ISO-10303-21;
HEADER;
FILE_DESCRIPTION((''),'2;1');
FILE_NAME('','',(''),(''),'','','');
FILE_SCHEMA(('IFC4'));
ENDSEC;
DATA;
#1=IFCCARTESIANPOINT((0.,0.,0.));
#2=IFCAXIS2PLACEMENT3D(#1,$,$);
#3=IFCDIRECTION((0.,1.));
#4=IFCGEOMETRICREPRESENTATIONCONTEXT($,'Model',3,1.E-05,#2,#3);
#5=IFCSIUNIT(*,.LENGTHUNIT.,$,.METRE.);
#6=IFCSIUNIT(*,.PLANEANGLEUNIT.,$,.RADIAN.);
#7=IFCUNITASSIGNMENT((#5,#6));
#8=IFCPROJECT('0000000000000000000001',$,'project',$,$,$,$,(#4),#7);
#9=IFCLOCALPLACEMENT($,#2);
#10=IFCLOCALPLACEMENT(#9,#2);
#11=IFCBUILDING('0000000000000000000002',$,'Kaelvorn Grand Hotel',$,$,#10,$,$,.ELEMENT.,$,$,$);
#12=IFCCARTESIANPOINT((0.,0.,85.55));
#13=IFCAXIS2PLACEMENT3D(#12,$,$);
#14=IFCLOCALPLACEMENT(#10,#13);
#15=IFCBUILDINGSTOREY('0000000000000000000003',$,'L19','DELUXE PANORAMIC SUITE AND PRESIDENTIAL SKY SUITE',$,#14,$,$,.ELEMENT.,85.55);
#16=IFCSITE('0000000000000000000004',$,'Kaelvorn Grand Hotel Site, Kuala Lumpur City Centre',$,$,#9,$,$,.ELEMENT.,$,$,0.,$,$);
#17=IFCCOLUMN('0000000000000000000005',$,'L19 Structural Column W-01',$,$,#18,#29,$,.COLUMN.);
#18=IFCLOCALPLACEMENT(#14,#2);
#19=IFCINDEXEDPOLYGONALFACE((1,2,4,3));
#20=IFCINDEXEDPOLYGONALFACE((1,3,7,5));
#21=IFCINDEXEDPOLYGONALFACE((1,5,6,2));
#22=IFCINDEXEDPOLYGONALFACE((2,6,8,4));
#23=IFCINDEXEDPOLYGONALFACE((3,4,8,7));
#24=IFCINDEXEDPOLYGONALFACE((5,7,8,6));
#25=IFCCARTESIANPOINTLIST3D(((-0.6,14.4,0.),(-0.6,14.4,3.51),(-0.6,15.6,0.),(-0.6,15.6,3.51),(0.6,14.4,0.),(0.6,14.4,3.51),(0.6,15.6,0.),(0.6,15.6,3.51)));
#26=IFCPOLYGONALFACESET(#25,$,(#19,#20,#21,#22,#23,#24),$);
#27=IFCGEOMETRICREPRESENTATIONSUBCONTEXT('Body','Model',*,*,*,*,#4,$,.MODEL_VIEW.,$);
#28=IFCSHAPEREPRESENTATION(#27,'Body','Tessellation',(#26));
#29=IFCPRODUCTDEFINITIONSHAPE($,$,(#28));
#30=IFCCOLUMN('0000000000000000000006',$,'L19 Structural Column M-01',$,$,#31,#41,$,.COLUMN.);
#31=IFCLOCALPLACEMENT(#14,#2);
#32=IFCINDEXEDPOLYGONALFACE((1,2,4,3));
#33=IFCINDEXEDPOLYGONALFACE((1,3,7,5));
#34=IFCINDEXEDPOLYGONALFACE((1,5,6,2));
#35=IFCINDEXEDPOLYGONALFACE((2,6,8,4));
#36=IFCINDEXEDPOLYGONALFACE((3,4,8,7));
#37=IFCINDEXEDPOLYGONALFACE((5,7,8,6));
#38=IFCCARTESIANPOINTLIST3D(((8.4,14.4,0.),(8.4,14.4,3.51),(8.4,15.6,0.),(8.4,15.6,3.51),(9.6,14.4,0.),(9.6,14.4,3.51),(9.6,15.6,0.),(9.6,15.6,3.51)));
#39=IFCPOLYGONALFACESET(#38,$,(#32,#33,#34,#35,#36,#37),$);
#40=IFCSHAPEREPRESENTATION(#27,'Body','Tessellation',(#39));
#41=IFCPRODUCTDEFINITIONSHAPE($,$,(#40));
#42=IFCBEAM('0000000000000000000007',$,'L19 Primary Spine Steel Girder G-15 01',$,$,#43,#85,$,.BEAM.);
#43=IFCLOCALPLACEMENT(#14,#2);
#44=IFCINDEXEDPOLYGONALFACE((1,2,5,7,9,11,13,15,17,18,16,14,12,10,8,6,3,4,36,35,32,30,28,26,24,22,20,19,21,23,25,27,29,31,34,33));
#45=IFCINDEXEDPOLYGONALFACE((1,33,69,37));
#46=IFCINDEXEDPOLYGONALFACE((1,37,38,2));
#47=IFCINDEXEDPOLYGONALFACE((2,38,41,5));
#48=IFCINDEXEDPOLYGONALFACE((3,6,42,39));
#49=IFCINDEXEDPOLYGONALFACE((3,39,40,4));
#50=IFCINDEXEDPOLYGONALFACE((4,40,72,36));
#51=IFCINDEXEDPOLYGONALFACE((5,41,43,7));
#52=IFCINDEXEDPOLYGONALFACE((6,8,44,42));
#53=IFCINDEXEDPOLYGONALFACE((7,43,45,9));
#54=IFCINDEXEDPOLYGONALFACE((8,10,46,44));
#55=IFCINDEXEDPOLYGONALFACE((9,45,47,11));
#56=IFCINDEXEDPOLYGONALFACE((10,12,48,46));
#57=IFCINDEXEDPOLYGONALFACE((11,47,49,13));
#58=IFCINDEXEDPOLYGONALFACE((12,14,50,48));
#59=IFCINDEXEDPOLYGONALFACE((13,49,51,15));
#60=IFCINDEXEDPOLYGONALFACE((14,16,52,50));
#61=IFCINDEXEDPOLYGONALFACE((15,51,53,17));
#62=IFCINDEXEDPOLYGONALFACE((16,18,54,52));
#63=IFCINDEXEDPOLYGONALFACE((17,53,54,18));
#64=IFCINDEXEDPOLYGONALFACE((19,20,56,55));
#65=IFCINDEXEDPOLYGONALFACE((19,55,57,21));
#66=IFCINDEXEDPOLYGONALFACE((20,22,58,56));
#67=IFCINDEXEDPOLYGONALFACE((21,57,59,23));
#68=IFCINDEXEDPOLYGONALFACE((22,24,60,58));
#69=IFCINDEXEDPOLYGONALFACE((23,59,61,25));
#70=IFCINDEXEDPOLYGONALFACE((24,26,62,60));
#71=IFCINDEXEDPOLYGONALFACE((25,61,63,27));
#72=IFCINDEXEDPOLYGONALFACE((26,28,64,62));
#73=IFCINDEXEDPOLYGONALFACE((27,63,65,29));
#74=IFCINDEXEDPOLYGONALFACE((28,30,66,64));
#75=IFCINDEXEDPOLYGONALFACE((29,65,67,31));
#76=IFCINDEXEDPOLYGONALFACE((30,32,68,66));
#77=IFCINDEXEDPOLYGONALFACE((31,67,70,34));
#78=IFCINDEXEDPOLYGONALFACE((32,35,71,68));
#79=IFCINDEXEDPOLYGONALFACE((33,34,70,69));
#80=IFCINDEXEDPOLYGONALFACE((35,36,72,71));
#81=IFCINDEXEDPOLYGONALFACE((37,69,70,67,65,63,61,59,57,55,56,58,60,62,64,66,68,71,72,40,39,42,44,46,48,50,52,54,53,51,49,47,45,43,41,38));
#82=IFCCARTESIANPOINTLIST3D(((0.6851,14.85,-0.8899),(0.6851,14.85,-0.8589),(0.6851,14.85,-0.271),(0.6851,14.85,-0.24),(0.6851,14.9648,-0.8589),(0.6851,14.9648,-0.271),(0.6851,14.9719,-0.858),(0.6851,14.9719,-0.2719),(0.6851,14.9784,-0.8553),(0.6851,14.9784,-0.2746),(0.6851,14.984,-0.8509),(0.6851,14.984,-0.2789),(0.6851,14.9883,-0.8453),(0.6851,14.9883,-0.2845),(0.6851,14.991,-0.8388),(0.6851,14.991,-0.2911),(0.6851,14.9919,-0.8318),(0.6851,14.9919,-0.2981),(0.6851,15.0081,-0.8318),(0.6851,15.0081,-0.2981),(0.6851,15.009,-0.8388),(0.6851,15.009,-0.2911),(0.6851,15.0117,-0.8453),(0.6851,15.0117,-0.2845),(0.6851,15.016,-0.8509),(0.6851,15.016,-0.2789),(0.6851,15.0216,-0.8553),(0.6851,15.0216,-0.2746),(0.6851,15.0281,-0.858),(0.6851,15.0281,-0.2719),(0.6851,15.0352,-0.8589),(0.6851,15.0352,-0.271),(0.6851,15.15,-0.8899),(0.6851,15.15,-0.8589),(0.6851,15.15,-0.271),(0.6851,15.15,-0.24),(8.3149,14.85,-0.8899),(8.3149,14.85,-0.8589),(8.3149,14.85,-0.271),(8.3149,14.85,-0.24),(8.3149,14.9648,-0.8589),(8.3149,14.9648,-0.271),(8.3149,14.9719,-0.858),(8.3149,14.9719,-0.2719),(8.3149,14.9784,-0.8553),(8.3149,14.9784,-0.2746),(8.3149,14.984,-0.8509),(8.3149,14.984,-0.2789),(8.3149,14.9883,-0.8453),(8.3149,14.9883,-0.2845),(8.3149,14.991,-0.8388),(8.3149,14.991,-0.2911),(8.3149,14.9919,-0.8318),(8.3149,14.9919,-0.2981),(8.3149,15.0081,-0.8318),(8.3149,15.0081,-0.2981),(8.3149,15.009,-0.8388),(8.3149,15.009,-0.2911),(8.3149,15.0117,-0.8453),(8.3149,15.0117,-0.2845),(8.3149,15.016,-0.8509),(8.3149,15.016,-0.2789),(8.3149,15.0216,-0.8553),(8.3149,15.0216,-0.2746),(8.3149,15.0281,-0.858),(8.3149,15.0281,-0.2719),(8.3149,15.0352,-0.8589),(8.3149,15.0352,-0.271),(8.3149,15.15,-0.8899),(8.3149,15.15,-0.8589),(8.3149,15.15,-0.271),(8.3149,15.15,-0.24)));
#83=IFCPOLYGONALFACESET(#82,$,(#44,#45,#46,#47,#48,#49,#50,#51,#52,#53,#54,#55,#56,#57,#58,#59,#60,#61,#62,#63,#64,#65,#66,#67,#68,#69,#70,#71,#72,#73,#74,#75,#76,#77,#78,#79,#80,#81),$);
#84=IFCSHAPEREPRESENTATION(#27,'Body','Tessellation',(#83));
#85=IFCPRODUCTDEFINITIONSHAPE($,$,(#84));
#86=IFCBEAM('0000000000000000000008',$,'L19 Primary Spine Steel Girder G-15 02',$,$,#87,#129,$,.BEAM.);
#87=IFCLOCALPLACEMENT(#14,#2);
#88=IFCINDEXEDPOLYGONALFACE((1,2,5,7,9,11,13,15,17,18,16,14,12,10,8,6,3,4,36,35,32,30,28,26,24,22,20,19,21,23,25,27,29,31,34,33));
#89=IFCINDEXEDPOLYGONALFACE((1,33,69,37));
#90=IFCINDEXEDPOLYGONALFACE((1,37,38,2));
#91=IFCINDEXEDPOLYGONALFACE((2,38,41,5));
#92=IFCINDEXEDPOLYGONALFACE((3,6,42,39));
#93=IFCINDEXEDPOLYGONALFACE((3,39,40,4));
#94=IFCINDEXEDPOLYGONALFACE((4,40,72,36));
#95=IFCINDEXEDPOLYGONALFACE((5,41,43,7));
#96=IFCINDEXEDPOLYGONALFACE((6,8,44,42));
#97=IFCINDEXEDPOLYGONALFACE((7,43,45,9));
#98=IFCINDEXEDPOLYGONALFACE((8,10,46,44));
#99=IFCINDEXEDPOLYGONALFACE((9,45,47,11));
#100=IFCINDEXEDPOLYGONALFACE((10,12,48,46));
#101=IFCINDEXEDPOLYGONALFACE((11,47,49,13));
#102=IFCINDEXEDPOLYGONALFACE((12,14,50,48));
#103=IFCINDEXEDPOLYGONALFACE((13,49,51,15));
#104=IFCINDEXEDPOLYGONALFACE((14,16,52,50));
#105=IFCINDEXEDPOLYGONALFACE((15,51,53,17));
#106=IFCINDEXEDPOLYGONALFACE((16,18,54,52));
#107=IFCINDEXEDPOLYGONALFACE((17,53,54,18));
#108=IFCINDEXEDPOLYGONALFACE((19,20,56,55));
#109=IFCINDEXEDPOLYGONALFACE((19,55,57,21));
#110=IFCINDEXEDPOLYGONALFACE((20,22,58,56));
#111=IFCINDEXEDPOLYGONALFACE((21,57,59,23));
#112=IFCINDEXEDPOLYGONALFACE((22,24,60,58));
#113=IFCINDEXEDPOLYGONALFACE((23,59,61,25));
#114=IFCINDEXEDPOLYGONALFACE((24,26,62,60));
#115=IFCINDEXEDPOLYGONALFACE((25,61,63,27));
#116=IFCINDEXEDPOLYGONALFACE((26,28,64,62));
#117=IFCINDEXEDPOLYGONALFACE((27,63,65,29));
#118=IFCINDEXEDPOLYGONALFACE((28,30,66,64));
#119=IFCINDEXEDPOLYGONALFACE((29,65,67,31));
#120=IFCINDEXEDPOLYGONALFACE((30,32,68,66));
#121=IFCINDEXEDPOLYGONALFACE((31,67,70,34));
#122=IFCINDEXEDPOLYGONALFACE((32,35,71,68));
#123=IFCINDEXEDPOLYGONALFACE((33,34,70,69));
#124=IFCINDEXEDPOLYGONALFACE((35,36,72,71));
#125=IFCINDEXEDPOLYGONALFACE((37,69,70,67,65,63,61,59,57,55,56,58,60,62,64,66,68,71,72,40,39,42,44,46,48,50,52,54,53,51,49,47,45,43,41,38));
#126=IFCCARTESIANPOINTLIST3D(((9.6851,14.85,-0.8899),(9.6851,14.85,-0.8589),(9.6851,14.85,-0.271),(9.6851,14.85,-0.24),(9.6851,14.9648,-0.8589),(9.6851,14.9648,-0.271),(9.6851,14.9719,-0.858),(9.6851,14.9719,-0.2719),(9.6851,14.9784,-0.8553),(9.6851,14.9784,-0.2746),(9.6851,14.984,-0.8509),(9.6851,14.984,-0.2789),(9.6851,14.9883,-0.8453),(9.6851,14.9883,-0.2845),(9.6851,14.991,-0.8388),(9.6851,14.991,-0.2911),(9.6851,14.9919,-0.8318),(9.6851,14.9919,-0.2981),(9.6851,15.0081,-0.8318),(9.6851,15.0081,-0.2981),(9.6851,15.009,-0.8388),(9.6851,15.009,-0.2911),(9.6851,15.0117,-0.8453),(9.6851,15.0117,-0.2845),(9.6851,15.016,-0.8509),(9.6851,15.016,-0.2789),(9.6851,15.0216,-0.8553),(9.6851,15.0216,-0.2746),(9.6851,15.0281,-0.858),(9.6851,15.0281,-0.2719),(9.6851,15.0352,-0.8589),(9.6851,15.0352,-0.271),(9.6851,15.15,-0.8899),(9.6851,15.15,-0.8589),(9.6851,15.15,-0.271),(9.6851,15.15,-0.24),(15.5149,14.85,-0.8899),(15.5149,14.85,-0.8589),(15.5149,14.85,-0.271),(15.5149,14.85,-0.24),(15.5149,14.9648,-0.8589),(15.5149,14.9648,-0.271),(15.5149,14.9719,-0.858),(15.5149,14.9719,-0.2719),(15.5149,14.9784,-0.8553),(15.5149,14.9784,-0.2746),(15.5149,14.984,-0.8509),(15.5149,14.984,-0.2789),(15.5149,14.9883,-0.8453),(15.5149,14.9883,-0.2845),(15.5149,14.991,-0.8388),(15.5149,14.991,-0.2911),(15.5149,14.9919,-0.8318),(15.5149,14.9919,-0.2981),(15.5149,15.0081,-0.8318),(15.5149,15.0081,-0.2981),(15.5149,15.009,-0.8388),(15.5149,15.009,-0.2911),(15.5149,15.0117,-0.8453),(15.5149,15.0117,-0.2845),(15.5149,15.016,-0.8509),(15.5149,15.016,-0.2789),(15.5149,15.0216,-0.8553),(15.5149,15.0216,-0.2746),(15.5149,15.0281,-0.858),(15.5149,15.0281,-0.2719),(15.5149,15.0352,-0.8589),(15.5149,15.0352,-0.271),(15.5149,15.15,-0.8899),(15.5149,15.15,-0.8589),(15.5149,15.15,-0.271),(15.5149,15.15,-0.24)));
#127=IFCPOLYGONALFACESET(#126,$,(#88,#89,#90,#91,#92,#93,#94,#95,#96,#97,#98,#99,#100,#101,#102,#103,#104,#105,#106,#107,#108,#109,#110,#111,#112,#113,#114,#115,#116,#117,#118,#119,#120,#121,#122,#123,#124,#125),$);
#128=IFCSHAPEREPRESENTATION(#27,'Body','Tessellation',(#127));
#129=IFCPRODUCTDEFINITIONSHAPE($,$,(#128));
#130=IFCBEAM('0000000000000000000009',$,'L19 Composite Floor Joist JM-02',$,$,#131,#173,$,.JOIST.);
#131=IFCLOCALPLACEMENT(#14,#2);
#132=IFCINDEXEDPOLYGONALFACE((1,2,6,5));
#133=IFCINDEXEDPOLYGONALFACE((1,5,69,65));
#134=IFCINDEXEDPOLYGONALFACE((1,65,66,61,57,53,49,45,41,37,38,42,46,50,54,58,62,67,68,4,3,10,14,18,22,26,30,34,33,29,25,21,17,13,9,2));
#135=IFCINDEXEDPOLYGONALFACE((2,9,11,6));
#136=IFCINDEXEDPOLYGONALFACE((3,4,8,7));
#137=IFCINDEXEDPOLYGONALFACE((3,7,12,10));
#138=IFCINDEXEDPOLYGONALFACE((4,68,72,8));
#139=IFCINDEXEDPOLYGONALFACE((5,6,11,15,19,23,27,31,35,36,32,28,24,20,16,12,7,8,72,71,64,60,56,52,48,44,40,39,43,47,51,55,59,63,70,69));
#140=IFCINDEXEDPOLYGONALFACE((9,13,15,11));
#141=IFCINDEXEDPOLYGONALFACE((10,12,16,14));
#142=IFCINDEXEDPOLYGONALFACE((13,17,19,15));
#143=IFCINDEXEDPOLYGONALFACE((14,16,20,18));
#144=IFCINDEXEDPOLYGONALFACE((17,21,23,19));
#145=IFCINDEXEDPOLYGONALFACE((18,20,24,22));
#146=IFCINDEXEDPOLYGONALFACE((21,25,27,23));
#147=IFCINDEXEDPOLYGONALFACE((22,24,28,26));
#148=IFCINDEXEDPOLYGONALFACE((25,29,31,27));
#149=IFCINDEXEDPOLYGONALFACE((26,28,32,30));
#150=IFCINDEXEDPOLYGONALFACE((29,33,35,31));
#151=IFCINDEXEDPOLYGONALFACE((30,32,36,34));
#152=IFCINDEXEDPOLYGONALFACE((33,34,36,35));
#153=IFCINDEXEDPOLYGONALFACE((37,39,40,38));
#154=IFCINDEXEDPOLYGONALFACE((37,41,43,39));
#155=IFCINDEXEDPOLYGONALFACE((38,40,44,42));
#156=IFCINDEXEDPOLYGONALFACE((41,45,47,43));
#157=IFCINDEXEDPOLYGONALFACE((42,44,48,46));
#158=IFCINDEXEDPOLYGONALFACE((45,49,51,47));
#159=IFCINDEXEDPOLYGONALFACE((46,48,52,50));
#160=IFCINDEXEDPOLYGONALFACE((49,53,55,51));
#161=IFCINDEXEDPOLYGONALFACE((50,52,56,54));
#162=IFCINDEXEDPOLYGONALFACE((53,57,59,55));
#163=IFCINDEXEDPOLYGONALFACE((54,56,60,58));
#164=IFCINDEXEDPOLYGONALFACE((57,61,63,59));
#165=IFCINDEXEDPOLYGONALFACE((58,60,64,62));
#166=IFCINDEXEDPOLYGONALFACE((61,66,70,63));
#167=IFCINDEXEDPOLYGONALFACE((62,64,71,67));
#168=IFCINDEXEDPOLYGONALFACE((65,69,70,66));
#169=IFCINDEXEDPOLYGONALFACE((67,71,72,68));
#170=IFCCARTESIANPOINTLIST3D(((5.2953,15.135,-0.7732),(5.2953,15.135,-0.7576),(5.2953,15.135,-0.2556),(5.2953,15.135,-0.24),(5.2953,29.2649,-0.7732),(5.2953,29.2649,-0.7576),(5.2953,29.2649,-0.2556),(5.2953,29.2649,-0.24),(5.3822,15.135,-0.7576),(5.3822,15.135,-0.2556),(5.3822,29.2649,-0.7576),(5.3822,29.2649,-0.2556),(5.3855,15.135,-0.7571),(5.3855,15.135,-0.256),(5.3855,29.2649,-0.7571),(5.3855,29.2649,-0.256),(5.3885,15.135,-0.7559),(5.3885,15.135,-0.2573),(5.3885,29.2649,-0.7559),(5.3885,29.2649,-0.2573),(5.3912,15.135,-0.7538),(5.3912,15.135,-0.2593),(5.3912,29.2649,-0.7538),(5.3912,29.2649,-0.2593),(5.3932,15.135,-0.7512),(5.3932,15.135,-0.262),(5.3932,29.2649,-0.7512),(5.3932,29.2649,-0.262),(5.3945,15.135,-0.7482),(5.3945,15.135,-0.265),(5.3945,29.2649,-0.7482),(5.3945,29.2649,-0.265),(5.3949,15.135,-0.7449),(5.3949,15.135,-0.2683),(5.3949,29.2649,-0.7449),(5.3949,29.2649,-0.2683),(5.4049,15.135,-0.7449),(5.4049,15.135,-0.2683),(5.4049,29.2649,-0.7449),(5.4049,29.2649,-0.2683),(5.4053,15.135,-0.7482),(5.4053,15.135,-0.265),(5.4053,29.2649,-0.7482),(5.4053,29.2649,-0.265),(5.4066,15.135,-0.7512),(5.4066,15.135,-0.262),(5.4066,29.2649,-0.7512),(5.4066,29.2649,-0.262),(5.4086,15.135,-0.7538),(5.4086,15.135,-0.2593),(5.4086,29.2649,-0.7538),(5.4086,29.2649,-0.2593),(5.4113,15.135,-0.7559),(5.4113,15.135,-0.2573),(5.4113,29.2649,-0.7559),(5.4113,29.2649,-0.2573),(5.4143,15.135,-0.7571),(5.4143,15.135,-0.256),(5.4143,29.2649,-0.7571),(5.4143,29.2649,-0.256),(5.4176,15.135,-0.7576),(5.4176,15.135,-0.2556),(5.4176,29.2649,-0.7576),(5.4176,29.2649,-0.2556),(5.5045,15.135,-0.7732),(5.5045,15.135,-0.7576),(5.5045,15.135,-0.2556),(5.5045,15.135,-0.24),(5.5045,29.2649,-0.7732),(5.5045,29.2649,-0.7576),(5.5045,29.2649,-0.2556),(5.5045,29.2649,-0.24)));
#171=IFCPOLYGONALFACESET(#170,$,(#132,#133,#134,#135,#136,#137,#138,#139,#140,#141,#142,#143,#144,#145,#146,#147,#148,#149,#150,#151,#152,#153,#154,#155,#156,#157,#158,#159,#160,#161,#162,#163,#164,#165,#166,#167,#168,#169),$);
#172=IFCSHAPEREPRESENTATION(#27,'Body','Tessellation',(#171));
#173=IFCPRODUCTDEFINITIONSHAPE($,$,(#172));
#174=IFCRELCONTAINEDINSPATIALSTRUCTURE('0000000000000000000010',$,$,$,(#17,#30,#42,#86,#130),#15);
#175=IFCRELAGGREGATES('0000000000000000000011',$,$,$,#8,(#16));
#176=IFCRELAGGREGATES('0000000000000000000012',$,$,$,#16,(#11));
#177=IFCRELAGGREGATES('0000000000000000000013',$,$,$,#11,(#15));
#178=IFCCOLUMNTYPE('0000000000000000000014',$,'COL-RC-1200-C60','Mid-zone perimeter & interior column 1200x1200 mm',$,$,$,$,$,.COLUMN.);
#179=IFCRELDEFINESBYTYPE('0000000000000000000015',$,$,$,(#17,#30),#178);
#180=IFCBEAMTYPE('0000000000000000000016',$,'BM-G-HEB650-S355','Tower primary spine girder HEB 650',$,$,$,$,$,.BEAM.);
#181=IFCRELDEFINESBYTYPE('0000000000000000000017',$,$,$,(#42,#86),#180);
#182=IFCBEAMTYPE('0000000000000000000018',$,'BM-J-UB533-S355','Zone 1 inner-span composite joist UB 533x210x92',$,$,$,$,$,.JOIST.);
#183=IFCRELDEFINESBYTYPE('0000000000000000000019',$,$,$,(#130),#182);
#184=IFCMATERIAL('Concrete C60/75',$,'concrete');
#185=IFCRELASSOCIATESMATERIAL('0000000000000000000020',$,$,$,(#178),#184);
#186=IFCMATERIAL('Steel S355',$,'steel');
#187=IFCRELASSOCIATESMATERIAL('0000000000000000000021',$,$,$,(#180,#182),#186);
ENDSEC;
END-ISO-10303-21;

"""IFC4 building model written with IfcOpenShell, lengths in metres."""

from ifc_helpers import new_model, si_unit, direction, frame, origin, origin_2d, place, context, subcontext, project, spatial, rectangle, i_section, extrude, material, material_profile, profile_set, type_object, element, save


model = new_model("IFC4")

# Units and contexts
model_context = context("Model", 3, precision=1e-05, world=origin(), true_north=direction((0.0, 1.0)))
body_context = subcontext(model_context, "Body", "Model", "MODEL_VIEW")
ifc_project = project(units=[si_unit("LENGTHUNIT", "METRE"), si_unit("PLANEANGLEUNIT", "RADIAN")], contexts=[model_context])

# Site, building, storey
site_placement = place(None, origin())
site = spatial("IfcSite", under=ifc_project, at=site_placement, Name="Kaelvorn Grand Hotel Site, Kuala Lumpur City Centre", CompositionType="ELEMENT", RefElevation=0.0)
building_placement = place(site_placement, origin())
building = spatial("IfcBuilding", under=site, at=building_placement, Name="Kaelvorn Grand Hotel", CompositionType="ELEMENT")
storey_placement = place(building_placement, frame((0.0, 0.0, 85.55)))
storey = spatial("IfcBuildingStorey", under=building, at=storey_placement, Name="L19", Description="DELUXE PANORAMIC SUITE AND PRESIDENTIAL SKY SUITE", CompositionType="ELEMENT", Elevation=85.55)

# Columns
ifc_material_1 = material(Name="Concrete C60/75", Category="concrete")
ifc_material_profile_1 = material_profile(ifc_material_1, rectangle(XDim=1.2, YDim=1.2, at=origin_2d()), Name="RC COL 1200x1200")
ifc_profile_set_1 = profile_set([ifc_material_profile_1], Name="Concrete C60/75")
column_type = type_object("IfcColumnType", Name="COL-RC-1200-C60", Description="Mid-zone perimeter & interior column 1200x1200 mm", PredefinedType="COLUMN", material=ifc_profile_set_1)
for number, where, z_axis, x_axis, name in (
    (1, (0.0, 15.0, 0.0), (0.0, 0.0, 1.0), (1.0, 0.0, 0.0), "L19 Structural Column W-01"),
    (2, (9.0, 15.0, 0.0), (0.0, 0.0, 1.0), (1.0, 0.0, 0.0), "L19 Structural Column M-01"),
):
    element("IfcColumn", number, at=place(storey_placement, frame(where, z_axis=z_axis, x_axis=x_axis)), inside=storey, type_object=column_type, Name=name, PredefinedType="COLUMN", context=body_context, shape_type="SweptSolid", body=[
        extrude(rectangle(XDim=1.2, YDim=1.2, at=origin_2d()), origin(), (0.0, 0.0, 1.0), 3.51),
    ])

# Beams
ifc_material_2 = material(Name="Steel S355", Category="steel")
ifc_material_profile_2 = material_profile(ifc_material_2, i_section(OverallWidth=0.3, OverallDepth=0.6499, WebThickness=0.0161, FlangeThickness=0.031, FilletRadius=0.0271, at=origin_2d()), Name="HEB 650")
ifc_profile_set_2 = profile_set([ifc_material_profile_2], Name="Steel S355")
beam_type_1 = type_object("IfcBeamType", Name="BM-G-HEB650-S355", Description="Tower primary spine girder HEB 650", PredefinedType="BEAM", material=ifc_profile_set_2)
beam_1_placement = place(storey_placement, frame((0.6851, 15.0, -0.5649), z_axis=(1.0, 0.0, 0.0), x_axis=(0.0, 1.0, 0.0)))
element("IfcBeam", 3, at=beam_1_placement, inside=storey, type_object=beam_type_1, Name="L19 Primary Spine Steel Girder G-15 01", PredefinedType="BEAM", context=body_context, shape_type="SweptSolid", body=[
    extrude(i_section(OverallWidth=0.3, OverallDepth=0.6499, WebThickness=0.0161, FlangeThickness=0.031, FilletRadius=0.0271, at=origin_2d()), origin(), (0.0, 0.0, 1.0), 7.6299),
])
beam_2_placement = place(storey_placement, frame((9.6851, 15.0, -0.5649), z_axis=(1.0, 0.0, 0.0), x_axis=(0.0, 1.0, 0.0)))
element("IfcBeam", 4, at=beam_2_placement, inside=storey, type_object=beam_type_1, Name="L19 Primary Spine Steel Girder G-15 02", PredefinedType="BEAM", context=body_context, shape_type="SweptSolid", body=[
    extrude(i_section(OverallWidth=0.3, OverallDepth=0.6499, WebThickness=0.0161, FlangeThickness=0.031, FilletRadius=0.0271, at=origin_2d()), origin(), (0.0, 0.0, 1.0), 5.8298),
])
ifc_material_profile_3 = material_profile(ifc_material_2, i_section(OverallWidth=0.2092, OverallDepth=0.5332, WebThickness=0.01, FlangeThickness=0.0156, FilletRadius=0.0127, at=origin_2d()), Name="UB 533x210x92")
ifc_profile_set_3 = profile_set([ifc_material_profile_3], Name="Steel S355")
beam_type_2 = type_object("IfcBeamType", Name="BM-J-UB533-S355", Description="Zone 1 inner-span composite joist UB 533x210x92", PredefinedType="JOIST", material=ifc_profile_set_3)
beam_3_placement = place(storey_placement, frame((5.3999, 15.135, -0.5066), z_axis=(0.0, 1.0, 0.0), x_axis=(-1.0, 0.0, 0.0)))
element("IfcBeam", 5, at=beam_3_placement, inside=storey, type_object=beam_type_2, Name="L19 Composite Floor Joist JM-02", PredefinedType="JOIST", context=body_context, shape_type="SweptSolid", body=[
    extrude(i_section(OverallWidth=0.2092, OverallDepth=0.5332, WebThickness=0.01, FlangeThickness=0.0156, FilletRadius=0.0127, at=origin_2d()), origin(), (0.0, 0.0, 1.0), 14.1299),
])

save(model, "model.ifc")
